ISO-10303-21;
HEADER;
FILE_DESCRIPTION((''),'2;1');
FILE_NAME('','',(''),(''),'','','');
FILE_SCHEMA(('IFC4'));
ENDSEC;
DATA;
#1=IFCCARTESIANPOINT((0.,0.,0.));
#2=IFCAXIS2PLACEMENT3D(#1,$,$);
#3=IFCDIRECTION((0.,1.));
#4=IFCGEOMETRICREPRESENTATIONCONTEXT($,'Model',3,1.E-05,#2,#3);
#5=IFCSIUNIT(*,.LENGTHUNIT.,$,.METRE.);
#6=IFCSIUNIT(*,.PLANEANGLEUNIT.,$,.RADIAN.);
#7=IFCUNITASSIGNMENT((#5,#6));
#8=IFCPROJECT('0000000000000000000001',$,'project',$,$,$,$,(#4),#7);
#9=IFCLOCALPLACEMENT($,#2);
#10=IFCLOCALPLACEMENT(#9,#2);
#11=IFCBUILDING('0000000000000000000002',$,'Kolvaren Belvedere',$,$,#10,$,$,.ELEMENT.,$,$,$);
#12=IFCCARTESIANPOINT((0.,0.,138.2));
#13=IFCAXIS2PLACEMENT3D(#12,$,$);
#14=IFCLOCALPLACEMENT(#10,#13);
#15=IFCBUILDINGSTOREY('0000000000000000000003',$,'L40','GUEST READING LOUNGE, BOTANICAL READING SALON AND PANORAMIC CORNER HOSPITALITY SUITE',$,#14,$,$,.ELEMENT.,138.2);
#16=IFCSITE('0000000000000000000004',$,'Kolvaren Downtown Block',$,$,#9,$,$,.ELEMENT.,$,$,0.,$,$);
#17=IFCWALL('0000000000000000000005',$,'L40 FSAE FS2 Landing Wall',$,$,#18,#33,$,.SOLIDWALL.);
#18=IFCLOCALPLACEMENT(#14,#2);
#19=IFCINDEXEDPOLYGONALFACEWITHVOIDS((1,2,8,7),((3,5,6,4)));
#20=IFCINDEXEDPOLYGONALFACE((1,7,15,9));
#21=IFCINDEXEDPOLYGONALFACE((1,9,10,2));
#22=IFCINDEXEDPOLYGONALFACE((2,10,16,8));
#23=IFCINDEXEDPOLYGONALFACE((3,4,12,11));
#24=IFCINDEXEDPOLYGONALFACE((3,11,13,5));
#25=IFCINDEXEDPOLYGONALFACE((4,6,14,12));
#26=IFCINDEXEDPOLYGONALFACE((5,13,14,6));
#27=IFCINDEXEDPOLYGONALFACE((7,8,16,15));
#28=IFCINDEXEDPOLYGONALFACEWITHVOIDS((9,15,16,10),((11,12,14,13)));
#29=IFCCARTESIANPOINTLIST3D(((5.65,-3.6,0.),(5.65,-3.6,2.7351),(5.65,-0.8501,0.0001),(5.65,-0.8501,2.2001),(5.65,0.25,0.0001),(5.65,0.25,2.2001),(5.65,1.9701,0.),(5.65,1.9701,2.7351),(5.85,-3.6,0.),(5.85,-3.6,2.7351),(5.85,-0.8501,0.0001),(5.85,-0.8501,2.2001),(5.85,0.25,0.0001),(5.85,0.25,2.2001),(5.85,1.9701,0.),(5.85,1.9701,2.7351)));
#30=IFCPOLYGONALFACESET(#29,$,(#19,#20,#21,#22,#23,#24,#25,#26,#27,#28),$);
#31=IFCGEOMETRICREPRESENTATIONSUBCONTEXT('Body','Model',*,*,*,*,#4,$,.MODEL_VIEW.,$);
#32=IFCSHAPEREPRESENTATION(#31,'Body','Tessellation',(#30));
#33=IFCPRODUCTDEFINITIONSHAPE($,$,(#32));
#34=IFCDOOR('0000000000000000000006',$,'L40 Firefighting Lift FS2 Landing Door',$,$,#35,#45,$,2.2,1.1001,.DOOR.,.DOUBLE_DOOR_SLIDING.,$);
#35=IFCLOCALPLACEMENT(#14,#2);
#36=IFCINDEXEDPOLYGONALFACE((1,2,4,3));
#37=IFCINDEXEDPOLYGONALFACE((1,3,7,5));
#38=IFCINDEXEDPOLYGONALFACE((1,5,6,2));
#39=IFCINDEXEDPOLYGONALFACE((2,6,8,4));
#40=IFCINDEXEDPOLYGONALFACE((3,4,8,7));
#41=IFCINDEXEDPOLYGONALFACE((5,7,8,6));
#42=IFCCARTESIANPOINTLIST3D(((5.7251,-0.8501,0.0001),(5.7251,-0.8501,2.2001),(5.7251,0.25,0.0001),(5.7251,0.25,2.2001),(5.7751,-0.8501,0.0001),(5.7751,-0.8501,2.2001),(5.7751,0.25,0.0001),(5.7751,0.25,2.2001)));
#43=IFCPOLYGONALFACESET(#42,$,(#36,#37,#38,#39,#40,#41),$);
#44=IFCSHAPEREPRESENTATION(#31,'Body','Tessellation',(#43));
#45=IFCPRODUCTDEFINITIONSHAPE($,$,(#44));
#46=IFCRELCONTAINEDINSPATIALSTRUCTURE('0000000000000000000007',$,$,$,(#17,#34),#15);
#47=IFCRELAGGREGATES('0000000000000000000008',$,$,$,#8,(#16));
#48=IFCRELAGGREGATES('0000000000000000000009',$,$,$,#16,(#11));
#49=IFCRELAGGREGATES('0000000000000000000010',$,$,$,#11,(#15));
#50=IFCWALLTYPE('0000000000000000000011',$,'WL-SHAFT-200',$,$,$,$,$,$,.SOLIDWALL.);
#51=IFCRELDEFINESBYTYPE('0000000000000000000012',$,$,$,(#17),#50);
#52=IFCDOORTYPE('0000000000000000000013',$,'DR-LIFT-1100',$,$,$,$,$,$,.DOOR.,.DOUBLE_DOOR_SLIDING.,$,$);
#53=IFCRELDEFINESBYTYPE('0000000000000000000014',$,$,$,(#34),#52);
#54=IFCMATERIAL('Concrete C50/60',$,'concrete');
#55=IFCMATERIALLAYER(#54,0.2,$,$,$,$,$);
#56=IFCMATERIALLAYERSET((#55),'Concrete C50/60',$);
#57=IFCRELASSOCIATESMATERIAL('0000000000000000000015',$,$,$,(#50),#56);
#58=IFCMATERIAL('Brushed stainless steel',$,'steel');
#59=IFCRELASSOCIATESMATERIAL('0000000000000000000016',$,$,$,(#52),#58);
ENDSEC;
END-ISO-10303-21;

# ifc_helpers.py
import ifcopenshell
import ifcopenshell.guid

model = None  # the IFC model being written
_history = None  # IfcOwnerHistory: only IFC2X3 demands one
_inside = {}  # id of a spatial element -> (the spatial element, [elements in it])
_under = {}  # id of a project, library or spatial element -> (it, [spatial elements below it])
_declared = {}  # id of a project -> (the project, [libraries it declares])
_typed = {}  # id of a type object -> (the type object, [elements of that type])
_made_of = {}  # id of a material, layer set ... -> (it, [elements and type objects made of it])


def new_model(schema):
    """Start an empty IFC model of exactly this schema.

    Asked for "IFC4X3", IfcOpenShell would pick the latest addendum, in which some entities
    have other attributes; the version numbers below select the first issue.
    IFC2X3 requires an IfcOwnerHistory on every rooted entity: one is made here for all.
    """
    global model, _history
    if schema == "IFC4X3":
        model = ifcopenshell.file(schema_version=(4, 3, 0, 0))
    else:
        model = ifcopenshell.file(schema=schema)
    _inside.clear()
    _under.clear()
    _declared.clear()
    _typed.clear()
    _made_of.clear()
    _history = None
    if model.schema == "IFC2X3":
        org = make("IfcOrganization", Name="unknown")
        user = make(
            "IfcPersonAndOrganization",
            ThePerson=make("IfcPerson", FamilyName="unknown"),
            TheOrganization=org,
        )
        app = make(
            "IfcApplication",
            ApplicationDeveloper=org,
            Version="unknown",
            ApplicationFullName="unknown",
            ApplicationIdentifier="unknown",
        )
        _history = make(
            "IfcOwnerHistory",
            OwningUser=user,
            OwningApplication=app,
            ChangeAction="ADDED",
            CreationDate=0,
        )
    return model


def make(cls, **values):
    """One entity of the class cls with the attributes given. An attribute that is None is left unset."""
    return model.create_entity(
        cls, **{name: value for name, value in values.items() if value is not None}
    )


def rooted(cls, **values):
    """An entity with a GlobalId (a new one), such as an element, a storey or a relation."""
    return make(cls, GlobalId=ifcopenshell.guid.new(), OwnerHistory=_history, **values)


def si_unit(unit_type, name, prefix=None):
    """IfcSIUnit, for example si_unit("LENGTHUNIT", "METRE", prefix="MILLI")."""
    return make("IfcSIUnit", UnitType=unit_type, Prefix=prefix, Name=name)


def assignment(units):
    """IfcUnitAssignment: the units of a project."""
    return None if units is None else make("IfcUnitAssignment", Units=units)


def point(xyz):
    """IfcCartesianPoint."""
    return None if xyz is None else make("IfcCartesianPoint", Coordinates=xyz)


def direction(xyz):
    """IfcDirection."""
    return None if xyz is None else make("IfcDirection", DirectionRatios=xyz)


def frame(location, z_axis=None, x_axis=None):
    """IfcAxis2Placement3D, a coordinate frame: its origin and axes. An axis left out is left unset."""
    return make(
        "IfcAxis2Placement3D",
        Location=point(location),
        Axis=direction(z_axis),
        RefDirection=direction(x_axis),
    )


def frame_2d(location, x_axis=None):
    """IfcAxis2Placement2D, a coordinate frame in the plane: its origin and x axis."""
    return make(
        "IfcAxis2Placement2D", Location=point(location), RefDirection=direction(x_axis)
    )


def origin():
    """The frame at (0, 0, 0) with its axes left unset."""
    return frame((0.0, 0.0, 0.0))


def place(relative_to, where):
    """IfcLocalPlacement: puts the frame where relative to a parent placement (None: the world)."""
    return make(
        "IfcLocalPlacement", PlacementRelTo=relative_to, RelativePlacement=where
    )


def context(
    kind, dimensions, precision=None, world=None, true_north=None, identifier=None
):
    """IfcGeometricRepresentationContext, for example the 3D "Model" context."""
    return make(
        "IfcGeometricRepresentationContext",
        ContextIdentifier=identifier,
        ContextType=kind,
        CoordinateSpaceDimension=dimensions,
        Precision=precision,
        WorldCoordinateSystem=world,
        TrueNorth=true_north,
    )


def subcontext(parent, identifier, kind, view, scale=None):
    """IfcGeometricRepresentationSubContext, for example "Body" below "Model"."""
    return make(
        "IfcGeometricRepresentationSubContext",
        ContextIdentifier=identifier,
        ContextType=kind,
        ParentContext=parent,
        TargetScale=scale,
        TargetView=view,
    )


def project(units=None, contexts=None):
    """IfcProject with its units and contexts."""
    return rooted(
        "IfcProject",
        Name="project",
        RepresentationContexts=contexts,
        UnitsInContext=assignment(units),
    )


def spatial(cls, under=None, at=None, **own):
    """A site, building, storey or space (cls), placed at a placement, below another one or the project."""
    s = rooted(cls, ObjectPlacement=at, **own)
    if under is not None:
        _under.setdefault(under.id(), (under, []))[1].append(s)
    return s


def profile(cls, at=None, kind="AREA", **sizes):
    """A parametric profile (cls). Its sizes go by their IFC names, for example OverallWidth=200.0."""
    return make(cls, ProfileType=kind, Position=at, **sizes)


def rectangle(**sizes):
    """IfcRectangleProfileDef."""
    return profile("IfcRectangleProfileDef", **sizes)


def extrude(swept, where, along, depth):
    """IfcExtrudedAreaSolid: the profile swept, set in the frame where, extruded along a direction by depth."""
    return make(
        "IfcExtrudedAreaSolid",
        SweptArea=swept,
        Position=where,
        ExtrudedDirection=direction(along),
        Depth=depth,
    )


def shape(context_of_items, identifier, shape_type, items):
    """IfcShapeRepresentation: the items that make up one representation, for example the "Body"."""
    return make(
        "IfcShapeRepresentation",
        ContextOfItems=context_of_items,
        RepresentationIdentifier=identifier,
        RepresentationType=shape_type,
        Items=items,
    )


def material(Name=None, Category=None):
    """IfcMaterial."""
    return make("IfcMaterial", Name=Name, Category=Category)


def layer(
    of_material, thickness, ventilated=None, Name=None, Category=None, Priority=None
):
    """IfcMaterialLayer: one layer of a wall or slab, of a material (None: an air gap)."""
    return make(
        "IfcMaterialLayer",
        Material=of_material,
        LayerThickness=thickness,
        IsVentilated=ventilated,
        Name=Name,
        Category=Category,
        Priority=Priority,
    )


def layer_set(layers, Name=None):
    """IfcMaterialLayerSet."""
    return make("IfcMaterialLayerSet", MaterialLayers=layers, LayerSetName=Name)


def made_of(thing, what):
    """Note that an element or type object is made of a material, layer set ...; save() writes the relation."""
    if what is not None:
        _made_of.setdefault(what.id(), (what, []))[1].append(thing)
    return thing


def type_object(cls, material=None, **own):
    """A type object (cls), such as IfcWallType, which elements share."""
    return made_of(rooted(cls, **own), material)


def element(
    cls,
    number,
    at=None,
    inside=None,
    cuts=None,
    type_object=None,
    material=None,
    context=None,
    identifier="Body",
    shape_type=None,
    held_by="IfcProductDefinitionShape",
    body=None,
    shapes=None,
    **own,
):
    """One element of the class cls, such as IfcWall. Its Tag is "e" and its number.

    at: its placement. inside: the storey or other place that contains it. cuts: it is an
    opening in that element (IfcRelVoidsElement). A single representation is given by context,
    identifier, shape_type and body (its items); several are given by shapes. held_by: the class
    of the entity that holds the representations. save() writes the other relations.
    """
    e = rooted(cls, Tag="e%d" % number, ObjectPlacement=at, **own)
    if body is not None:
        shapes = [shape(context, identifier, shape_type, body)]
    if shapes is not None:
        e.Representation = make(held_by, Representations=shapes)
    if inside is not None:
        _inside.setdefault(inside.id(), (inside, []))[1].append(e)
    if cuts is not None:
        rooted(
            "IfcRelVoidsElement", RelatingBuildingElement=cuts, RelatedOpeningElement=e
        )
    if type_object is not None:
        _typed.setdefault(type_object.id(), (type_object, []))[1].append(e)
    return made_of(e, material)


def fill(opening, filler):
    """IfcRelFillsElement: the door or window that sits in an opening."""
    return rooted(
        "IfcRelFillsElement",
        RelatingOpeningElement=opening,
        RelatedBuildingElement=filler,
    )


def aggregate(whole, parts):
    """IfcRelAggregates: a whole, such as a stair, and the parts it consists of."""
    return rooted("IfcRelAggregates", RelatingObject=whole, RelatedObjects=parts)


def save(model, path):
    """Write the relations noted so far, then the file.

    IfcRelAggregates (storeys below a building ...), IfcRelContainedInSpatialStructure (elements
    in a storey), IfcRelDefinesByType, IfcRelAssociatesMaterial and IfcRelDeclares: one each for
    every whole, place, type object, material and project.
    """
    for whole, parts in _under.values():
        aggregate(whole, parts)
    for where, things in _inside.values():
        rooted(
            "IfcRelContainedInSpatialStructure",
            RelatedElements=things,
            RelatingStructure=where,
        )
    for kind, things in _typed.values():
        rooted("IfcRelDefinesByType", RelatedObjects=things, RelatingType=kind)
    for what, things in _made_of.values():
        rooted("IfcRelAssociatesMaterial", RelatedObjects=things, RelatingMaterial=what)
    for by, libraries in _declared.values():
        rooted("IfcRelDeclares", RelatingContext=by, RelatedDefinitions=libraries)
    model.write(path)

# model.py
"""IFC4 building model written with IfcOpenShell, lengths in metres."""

from ifc_helpers import new_model, si_unit, direction, frame, frame_2d, origin, place, context, subcontext, project, spatial, rectangle, extrude, material, layer, layer_set, type_object, element, fill, save


model = new_model("IFC4")

# Units and contexts
model_context = context("Model", 3, precision=1e-05, world=origin(), true_north=direction((0.0, 1.0)))
body_context = subcontext(model_context, "Body", "Model", "MODEL_VIEW")
ifc_project = project(units=[si_unit("LENGTHUNIT", "METRE"), si_unit("PLANEANGLEUNIT", "RADIAN")], contexts=[model_context])

# Site, building, storey
site_placement = place(None, origin())
site = spatial("IfcSite", under=ifc_project, at=site_placement, Name="Kolvaren Downtown Block", CompositionType="ELEMENT", RefElevation=0.0)
building_placement = place(site_placement, origin())
building = spatial("IfcBuilding", under=site, at=building_placement, Name="Kolvaren Belvedere", CompositionType="ELEMENT")
storey_placement = place(building_placement, frame((0.0, 0.0, 138.2)))
storey = spatial("IfcBuildingStorey", under=building, at=storey_placement, Name="L40", Description="GUEST READING LOUNGE, BOTANICAL READING SALON AND PANORAMIC CORNER HOSPITALITY SUITE", CompositionType="ELEMENT", Elevation=138.2)

# Wall, opening, door
ifc_material_1 = material(Name="Concrete C50/60", Category="concrete")
ifc_layer_1 = layer(ifc_material_1, 0.2)
ifc_layer_set_1 = layer_set([ifc_layer_1], Name="Concrete C50/60")
wall_type_1 = type_object("IfcWallType", Name="WL-SHAFT-200", PredefinedType="SOLIDWALL", material=ifc_layer_set_1)
wall_1_placement = place(storey_placement, frame((5.75, -3.6001, 0.0), z_axis=(0.0, 0.0, 1.0), x_axis=(0.0, 1.0, 0.0)))
wall_1 = element("IfcWall", 1, at=wall_1_placement, inside=storey, type_object=wall_type_1, Name="L40 FSAE FS2 Landing Wall", PredefinedType="SOLIDWALL", context=body_context, shape_type="SweptSolid", body=[
    extrude(rectangle(XDim=5.5701, YDim=0.2, at=frame_2d((2.7852, 0.0))), origin(), (0.0, 0.0, 1.0), 2.7351),
])
opening_1_placement = place(wall_1_placement, frame((2.75, 0.0, 0.0)))
opening_1 = element("IfcOpeningElement", 2, at=opening_1_placement, cuts=wall_1, PredefinedType="OPENING", context=body_context, shape_type="SweptSolid", body=[
    extrude(rectangle(XDim=1.1001, YDim=2.2, at=frame_2d((0.55, 1.1001))), frame((0.0, 0.1099, 0.0), z_axis=(0.0, -1.0, 0.0), x_axis=(1.0, 0.0, 0.0)), (0.0, 0.0, 1.0), 0.22),
])
ifc_material_2 = material(Name="Brushed stainless steel", Category="steel")
door_type_1 = type_object("IfcDoorType", Name="DR-LIFT-1100", OperationType="DOUBLE_DOOR_SLIDING", PredefinedType="DOOR", material=ifc_material_2)
door_1_placement = place(opening_1_placement, origin())
door_1 = element("IfcDoor", 3, at=door_1_placement, inside=storey, type_object=door_type_1, Name="L40 Firefighting Lift FS2 Landing Door", OperationType="DOUBLE_DOOR_SLIDING", OverallHeight=2.2, OverallWidth=1.1001, PredefinedType="DOOR", context=body_context, shape_type="SweptSolid", body=[
    extrude(rectangle(XDim=1.1001, YDim=2.2, at=frame_2d((0.55, 1.1001))), frame((0.0, 0.0249, 0.0), z_axis=(0.0, -1.0, 0.0), x_axis=(1.0, 0.0, 0.0)), (0.0, 0.0, 1.0), 0.05),
])
fill(opening_1, door_1)

save(model, "model.ifc")
